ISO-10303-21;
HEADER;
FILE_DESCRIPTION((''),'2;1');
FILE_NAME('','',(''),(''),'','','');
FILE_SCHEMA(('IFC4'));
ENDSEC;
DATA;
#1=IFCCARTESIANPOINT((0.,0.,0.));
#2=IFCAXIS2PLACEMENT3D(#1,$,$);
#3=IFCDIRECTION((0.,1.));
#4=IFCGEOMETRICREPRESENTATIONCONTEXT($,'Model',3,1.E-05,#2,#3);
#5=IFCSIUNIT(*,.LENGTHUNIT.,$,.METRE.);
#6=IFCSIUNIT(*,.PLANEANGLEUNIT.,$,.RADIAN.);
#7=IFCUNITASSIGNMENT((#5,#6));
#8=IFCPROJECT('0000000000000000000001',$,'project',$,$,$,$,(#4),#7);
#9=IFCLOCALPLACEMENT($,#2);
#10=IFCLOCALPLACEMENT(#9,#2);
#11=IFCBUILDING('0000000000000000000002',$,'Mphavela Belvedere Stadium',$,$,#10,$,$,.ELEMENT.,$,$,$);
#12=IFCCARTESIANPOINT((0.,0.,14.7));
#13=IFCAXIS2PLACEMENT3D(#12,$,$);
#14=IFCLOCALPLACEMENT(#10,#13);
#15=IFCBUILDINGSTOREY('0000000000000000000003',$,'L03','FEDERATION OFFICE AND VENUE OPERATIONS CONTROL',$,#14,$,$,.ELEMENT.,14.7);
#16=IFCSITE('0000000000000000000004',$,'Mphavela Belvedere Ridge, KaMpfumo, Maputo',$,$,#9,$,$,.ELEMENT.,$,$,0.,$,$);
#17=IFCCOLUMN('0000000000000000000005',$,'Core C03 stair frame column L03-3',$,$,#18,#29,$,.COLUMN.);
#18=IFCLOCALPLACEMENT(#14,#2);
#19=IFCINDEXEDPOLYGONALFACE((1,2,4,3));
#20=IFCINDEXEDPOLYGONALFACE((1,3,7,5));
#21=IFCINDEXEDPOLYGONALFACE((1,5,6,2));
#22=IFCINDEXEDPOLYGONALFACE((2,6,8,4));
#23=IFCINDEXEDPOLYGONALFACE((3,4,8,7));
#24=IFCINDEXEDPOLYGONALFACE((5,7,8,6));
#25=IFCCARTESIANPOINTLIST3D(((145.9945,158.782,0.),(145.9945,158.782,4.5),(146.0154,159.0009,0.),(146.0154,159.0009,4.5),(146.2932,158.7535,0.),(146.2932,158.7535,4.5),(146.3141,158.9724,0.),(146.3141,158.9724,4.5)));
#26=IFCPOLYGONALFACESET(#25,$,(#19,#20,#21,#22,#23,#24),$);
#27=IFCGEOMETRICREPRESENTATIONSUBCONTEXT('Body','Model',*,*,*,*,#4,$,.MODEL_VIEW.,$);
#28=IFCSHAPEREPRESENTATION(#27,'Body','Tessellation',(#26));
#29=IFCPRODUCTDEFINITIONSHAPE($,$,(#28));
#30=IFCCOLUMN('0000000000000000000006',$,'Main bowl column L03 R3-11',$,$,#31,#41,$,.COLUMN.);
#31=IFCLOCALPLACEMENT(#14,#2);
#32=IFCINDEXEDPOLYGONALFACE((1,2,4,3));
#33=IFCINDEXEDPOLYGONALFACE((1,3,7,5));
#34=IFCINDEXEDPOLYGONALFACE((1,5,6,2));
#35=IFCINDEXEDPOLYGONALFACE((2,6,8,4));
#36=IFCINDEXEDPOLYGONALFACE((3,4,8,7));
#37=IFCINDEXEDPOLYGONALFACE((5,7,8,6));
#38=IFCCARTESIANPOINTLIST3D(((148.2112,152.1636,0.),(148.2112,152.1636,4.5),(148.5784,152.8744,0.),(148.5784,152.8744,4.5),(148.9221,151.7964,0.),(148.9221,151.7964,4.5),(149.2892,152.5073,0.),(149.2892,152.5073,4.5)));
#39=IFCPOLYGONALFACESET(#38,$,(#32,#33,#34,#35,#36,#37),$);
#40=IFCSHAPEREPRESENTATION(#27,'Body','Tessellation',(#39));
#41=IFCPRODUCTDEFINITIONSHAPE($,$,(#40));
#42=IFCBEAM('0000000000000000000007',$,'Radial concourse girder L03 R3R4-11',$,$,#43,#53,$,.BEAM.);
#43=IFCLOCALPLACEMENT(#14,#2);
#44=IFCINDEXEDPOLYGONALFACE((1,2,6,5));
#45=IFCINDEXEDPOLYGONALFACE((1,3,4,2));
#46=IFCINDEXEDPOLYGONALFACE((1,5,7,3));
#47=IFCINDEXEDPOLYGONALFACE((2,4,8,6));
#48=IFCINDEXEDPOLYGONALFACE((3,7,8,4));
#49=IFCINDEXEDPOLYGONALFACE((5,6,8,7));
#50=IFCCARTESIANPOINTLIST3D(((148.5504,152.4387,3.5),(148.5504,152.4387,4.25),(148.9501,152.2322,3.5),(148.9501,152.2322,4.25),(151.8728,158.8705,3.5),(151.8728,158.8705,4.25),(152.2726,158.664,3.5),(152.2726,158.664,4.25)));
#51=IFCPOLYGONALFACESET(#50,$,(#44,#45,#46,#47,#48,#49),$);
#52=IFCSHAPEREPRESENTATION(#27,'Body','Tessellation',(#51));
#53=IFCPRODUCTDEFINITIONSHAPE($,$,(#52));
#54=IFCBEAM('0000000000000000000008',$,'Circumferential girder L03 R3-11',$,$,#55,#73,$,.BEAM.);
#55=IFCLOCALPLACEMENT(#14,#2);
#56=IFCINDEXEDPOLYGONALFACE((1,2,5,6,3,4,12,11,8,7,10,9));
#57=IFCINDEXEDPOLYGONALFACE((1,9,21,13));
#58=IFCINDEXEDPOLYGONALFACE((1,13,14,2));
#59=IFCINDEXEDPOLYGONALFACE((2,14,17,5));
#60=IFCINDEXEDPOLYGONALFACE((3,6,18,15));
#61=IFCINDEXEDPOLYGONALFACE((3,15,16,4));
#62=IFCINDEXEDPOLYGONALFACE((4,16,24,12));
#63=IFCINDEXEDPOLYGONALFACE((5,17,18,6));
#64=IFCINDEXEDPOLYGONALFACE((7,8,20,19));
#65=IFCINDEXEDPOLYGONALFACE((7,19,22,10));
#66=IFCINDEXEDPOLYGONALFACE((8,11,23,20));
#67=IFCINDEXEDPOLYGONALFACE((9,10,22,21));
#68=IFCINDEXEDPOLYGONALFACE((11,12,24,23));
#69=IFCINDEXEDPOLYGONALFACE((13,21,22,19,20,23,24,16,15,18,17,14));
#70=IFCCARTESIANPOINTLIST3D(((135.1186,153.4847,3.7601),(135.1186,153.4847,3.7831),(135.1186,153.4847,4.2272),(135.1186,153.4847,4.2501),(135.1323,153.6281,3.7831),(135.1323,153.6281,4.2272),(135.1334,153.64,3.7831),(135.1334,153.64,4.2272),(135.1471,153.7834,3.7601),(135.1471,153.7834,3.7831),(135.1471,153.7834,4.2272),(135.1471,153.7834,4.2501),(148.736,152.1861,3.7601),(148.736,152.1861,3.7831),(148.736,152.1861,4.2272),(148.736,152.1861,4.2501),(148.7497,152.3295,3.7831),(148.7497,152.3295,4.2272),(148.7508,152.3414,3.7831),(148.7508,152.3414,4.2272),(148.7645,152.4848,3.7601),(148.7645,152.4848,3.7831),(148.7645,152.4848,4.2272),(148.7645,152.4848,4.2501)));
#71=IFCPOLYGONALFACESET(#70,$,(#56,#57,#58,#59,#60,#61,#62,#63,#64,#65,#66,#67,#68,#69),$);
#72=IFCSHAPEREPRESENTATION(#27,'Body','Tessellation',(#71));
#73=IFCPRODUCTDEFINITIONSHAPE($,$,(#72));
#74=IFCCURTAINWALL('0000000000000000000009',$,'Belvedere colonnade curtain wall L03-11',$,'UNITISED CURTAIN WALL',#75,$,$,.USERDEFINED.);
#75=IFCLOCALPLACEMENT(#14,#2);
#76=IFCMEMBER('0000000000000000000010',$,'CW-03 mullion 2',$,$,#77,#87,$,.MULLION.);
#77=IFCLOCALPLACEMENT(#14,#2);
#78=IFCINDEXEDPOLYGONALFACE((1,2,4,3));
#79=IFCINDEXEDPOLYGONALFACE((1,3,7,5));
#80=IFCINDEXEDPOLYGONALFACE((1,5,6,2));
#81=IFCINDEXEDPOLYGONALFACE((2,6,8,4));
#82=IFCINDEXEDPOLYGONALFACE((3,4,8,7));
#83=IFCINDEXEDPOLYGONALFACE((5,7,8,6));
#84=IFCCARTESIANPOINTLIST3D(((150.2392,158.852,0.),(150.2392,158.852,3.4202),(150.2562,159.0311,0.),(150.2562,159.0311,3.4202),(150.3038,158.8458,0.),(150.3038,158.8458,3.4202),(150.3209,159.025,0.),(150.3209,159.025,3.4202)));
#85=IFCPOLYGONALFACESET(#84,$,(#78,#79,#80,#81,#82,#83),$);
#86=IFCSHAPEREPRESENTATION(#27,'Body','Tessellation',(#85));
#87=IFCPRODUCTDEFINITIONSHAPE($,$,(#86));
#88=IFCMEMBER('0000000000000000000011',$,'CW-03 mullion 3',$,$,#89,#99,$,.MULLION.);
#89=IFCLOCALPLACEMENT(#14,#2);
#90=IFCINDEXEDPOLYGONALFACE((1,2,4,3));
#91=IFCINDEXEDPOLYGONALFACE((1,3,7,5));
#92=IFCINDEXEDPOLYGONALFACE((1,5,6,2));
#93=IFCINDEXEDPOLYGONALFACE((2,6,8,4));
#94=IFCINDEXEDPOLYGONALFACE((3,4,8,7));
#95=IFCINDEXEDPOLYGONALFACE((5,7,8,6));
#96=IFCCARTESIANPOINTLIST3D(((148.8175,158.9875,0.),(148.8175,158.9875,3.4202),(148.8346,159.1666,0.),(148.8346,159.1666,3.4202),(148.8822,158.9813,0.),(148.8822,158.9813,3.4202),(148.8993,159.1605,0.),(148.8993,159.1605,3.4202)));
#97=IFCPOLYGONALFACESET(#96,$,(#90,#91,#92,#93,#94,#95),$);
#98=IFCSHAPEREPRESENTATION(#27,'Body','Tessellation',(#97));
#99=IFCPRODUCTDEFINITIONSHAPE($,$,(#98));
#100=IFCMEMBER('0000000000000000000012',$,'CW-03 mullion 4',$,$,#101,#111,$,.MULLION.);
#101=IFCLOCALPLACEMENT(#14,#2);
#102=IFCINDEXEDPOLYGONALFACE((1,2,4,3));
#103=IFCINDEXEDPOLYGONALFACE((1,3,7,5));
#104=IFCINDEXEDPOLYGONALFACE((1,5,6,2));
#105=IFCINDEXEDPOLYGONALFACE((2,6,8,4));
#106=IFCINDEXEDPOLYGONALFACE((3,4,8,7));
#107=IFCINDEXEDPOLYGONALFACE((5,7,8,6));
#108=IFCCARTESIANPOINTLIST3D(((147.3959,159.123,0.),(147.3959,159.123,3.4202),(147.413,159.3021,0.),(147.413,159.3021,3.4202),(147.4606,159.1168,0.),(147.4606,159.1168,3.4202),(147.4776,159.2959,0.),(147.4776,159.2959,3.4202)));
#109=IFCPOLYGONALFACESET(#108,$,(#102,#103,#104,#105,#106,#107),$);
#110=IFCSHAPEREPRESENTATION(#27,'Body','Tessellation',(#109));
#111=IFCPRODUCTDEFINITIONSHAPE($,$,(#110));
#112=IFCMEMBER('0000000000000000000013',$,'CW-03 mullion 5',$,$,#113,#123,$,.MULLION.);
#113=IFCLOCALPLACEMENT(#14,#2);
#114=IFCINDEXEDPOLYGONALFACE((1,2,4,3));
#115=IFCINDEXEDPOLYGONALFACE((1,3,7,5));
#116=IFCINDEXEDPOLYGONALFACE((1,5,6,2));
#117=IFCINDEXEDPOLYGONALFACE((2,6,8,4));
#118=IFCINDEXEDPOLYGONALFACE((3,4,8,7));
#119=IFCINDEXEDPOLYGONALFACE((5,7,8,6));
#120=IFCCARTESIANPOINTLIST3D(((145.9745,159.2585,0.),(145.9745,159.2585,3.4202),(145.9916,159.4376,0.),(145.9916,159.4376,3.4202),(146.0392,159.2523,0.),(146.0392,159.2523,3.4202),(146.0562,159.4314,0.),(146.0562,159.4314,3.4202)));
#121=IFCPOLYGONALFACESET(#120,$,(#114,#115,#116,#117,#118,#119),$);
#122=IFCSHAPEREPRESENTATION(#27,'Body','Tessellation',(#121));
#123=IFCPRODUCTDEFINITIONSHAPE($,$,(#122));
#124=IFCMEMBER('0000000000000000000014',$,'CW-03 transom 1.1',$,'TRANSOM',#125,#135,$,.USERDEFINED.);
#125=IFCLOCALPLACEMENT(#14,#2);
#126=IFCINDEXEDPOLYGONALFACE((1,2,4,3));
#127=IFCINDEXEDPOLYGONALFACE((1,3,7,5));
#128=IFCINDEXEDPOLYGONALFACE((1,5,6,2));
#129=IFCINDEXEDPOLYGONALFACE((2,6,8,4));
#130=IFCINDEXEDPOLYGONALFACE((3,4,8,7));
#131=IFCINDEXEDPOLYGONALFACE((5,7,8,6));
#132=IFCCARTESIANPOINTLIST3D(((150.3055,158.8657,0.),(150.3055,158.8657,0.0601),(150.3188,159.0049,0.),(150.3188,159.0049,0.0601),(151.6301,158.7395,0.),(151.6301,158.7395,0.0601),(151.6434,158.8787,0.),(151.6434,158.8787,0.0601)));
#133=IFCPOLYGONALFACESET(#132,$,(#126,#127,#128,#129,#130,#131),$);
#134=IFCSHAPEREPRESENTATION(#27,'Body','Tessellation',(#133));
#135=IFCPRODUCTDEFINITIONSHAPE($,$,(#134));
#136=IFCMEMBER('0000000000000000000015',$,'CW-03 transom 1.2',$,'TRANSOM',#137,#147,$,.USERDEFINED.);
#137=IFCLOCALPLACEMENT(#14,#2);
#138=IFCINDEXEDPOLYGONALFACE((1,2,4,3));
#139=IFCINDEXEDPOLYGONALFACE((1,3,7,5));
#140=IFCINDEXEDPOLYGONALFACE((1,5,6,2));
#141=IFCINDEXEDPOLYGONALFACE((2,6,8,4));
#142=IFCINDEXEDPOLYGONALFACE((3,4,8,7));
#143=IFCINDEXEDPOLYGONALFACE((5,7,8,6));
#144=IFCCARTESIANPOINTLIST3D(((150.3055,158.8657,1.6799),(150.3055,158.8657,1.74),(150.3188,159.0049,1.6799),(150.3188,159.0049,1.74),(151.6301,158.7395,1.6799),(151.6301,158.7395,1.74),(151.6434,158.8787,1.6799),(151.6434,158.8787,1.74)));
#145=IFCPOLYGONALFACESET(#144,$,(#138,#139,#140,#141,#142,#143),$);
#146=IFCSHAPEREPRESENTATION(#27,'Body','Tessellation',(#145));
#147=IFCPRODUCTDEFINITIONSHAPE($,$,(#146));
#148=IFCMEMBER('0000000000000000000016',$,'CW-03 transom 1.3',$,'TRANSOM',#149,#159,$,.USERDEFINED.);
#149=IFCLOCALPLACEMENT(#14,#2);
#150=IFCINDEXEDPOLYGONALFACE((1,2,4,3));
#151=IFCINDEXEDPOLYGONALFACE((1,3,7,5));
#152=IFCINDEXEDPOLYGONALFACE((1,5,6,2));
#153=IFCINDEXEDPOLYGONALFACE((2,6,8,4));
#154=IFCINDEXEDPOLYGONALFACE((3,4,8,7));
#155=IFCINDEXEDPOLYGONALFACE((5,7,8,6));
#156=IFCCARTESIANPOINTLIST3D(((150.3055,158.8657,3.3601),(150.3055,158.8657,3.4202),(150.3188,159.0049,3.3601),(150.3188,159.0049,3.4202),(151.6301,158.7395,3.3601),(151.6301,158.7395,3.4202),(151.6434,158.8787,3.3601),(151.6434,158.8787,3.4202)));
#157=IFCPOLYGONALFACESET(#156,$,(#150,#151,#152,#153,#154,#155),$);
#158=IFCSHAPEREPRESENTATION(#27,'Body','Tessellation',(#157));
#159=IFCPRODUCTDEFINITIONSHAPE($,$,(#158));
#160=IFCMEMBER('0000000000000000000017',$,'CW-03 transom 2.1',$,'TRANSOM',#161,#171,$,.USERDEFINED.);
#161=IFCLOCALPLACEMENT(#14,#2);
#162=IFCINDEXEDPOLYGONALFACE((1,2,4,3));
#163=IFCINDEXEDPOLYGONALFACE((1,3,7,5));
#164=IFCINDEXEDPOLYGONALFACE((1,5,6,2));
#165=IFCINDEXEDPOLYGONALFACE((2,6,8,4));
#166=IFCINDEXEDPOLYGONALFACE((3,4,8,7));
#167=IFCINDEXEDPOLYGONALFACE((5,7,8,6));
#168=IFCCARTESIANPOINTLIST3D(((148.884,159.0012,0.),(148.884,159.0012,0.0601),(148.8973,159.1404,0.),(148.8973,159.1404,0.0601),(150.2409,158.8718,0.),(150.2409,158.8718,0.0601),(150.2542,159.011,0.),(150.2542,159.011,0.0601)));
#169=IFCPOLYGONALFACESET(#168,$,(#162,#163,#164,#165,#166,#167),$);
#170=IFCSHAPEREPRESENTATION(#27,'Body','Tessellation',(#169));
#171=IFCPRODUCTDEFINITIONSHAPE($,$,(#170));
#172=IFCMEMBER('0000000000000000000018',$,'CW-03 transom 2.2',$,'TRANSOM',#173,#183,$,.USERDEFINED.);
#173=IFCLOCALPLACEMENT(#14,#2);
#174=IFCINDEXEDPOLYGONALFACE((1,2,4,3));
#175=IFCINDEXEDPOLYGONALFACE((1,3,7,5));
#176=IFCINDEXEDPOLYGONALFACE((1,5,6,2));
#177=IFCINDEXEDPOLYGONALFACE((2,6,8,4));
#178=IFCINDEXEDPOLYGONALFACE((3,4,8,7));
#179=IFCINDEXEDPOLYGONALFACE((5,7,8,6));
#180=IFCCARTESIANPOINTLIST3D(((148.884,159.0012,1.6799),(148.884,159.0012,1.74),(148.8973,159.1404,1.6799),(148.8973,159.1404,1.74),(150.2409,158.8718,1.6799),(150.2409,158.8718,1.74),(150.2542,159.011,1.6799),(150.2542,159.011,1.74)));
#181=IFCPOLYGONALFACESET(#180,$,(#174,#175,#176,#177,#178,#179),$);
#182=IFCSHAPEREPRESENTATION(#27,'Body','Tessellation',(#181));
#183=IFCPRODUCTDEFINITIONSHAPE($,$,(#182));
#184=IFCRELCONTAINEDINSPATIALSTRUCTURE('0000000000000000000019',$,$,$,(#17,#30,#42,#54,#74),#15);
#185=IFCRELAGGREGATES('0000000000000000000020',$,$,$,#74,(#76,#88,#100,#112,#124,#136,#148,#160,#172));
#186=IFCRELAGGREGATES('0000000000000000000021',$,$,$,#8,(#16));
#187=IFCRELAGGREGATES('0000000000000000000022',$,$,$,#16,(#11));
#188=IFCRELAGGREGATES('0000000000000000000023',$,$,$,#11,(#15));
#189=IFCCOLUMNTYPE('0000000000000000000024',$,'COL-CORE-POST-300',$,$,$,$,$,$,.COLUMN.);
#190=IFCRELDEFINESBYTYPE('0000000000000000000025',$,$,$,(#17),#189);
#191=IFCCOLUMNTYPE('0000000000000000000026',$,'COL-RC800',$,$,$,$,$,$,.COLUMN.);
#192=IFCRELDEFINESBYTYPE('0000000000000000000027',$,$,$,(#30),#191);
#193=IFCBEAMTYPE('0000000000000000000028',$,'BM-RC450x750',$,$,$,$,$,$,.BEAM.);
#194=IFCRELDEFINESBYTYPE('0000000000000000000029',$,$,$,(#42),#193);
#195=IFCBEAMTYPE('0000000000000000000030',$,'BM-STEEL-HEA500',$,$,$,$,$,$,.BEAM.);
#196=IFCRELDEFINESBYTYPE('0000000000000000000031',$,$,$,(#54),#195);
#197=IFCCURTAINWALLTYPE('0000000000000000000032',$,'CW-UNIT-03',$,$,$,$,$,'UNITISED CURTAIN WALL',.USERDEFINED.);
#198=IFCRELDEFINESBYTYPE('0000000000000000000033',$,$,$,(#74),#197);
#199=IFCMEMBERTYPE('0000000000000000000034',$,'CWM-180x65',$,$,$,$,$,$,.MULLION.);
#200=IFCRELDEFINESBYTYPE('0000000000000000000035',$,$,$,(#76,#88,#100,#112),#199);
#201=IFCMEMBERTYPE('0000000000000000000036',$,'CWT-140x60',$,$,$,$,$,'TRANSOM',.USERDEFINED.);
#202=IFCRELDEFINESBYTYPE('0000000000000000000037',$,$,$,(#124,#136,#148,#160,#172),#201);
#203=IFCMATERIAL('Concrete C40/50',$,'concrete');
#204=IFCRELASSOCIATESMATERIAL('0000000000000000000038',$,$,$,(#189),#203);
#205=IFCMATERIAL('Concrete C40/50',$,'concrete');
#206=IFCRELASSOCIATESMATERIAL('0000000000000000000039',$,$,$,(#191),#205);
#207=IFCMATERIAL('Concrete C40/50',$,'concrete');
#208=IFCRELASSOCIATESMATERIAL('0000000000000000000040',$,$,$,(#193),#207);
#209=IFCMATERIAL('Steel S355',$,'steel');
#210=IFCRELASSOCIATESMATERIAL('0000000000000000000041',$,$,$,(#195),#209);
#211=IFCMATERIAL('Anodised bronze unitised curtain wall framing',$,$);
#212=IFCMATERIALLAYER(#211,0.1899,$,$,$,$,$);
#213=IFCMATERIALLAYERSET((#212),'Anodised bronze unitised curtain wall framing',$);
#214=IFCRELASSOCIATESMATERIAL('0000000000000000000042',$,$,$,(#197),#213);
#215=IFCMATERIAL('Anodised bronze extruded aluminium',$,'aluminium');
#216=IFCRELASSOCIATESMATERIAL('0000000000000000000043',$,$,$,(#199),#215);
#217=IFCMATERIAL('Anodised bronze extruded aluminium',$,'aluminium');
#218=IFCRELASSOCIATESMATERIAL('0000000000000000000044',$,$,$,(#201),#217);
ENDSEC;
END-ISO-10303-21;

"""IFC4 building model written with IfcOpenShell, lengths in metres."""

from ifc_helpers import new_model, si_unit, direction, frame, origin, origin_2d, place, context, subcontext, project, spatial, rectangle, i_section, extrude, material, layer, layer_set, material_profile, profile_set, type_object, element, aggregate, save


model = new_model("IFC4")

# Units and contexts
model_context = context("Model", 3, precision=1e-05, world=origin(), true_north=direction((0.0, 1.0)))
body_context = subcontext(model_context, "Body", "Model", "MODEL_VIEW")
ifc_project = project(units=[si_unit("LENGTHUNIT", "METRE"), si_unit("PLANEANGLEUNIT", "RADIAN")], contexts=[model_context])

# Site, building, storey
site_placement = place(None, origin())
site = spatial("IfcSite", under=ifc_project, at=site_placement, Name="Mphavela Belvedere Ridge, KaMpfumo, Maputo", CompositionType="ELEMENT", RefElevation=0.0)
building_placement = place(site_placement, origin())
building = spatial("IfcBuilding", under=site, at=building_placement, Name="Mphavela Belvedere Stadium", CompositionType="ELEMENT")
storey_placement = place(building_placement, frame((0.0, 0.0, 14.7)))
storey = spatial("IfcBuildingStorey", under=building, at=storey_placement, Name="L03", Description="FEDERATION OFFICE AND VENUE OPERATIONS CONTROL", CompositionType="ELEMENT", Elevation=14.7)

# Columns
ifc_material_1 = material(Name="Concrete C40/50", Category="concrete")
ifc_material_profile_1 = material_profile(ifc_material_1, rectangle(XDim=0.3, YDim=0.22, at=origin_2d()), Name="RC 300x220")
ifc_profile_set_1 = profile_set([ifc_material_profile_1], Name="Concrete C40/50")
column_type_1 = type_object("IfcColumnType", Name="COL-CORE-POST-300", PredefinedType="COLUMN", material=ifc_profile_set_1)
column_1_placement = place(storey_placement, frame((146.1543, 158.8772, 0.0), z_axis=(0.0, 0.0, 1.0), x_axis=(0.995479, -0.094977, 0.0)))
element("IfcColumn", 1, at=column_1_placement, inside=storey, type_object=column_type_1, Name="Core C03 stair frame column L03-3", PredefinedType="COLUMN", context=body_context, shape_type="SweptSolid", body=[
    extrude(rectangle(XDim=0.3, YDim=0.22, at=origin_2d()), origin(), (0.0, 0.0, 1.0), 4.5),
])
ifc_material_2 = material(Name="Concrete C40/50", Category="concrete")
ifc_material_profile_2 = material_profile(ifc_material_2, rectangle(XDim=0.8, YDim=0.8, at=origin_2d()), Name="RC 800x800")
ifc_profile_set_2 = profile_set([ifc_material_profile_2], Name="Concrete C40/50")
column_type_2 = type_object("IfcColumnType", Name="COL-RC800", PredefinedType="COLUMN", material=ifc_profile_set_2)
column_2_placement = place(storey_placement, frame((148.7502, 152.3354, 0.0), z_axis=(0.0, 0.0, 1.0), x_axis=(0.45896, 0.888457, 0.0)))
element("IfcColumn", 2, at=column_2_placement, inside=storey, type_object=column_type_2, Name="Main bowl column L03 R3-11", PredefinedType="COLUMN", context=body_context, shape_type="SweptSolid", body=[
    extrude(rectangle(XDim=0.8, YDim=0.8, at=origin_2d()), origin(), (0.0, 0.0, 1.0), 4.5),
])

# Beams
ifc_material_3 = material(Name="Concrete C40/50", Category="concrete")
ifc_material_profile_3 = material_profile(ifc_material_3, rectangle(XDim=0.45, YDim=0.75, at=origin_2d()), Name="RC 450x750")
ifc_profile_set_3 = profile_set([ifc_material_profile_3], Name="Concrete C40/50")
beam_type_1 = type_object("IfcBeamType", Name="BM-RC450x750", PredefinedType="BEAM", material=ifc_profile_set_3)
beam_1_placement = place(storey_placement, frame((148.7502, 152.3354, 3.875), z_axis=(0.458951, 0.888461, 0.0), x_axis=(-0.888461, 0.458951, 0.0)))
element("IfcBeam", 3, at=beam_1_placement, inside=storey, type_object=beam_type_1, Name="Radial concourse girder L03 R3R4-11", PredefinedType="BEAM", context=body_context, shape_type="SweptSolid", body=[
    extrude(rectangle(XDim=0.45, YDim=0.75, at=origin_2d()), origin(), (0.0, 0.0, 1.0), 7.2393),
])
ifc_material_4 = material(Name="Steel S355", Category="steel")
ifc_material_profile_4 = material_profile(ifc_material_4, i_section(OverallWidth=0.3, OverallDepth=0.49, WebThickness=0.012, FlangeThickness=0.0229, at=origin_2d()), Name="HEA 500")
ifc_profile_set_4 = profile_set([ifc_material_profile_4], Name="Steel S355")
beam_type_2 = type_object("IfcBeamType", Name="BM-STEEL-HEA500", PredefinedType="BEAM", material=ifc_profile_set_4)
beam_2_placement = place(storey_placement, frame((148.7502, 152.3354, 4.0051), z_axis=(-0.995484, 0.094931, 0.0), x_axis=(-0.094931, -0.995484, 0.0)))
element("IfcBeam", 4, at=beam_2_placement, inside=storey, type_object=beam_type_2, Name="Circumferential girder L03 R3-11", PredefinedType="BEAM", context=body_context, shape_type="SweptSolid", body=[
    extrude(i_section(OverallWidth=0.3, OverallDepth=0.49, WebThickness=0.012, FlangeThickness=0.0229, at=origin_2d()), origin(), (0.0, 0.0, 1.0), 13.6792),
])

# Curtain wall, members
ifc_material_5 = material(Name="Anodised bronze unitised curtain wall framing")
ifc_layer_1 = layer(ifc_material_5, 0.1899)
ifc_layer_set_1 = layer_set([ifc_layer_1], Name="Anodised bronze unitised curtain wall framing")
curtain_wall_type = type_object("IfcCurtainWallType", Name="CW-UNIT-03", ElementType="UNITISED CURTAIN WALL", PredefinedType="USERDEFINED", material=ifc_layer_set_1)
curtain_wall_placement = place(storey_placement, origin())
curtain_wall = element("IfcCurtainWall", 5, at=curtain_wall_placement, inside=storey, type_object=curtain_wall_type, Name="Belvedere colonnade curtain wall L03-11", ObjectType="UNITISED CURTAIN WALL", PredefinedType="USERDEFINED")
ifc_material_6 = material(Name="Anodised bronze extruded aluminium", Category="aluminium")
ifc_material_profile_5 = material_profile(ifc_material_6, rectangle(XDim=0.1799, YDim=0.0649, at=origin_2d()), Name="CW-MUL 180x65")
ifc_profile_set_5 = profile_set([ifc_material_profile_5], Name="Anodised bronze extruded aluminium")
member_type_1 = type_object("IfcMemberType", Name="CWM-180x65", PredefinedType="MULLION", material=ifc_profile_set_5)
member_1_placement = place(storey_placement, frame((150.28, 158.9385, 0.0), z_axis=(0.0, 0.0, 1.0), x_axis=(-0.094929, -0.995484, 0.0)))
member_1 = element("IfcMember", 6, at=member_1_placement, type_object=member_type_1, Name="CW-03 mullion 2", PredefinedType="MULLION", context=body_context, shape_type="SweptSolid", body=[
    extrude(rectangle(XDim=0.1799, YDim=0.0649, at=origin_2d()), origin(), (0.0, 0.0, 1.0), 3.4202),
])
member_2_placement = place(storey_placement, frame((148.8584, 159.074, 0.0), z_axis=(0.0, 0.0, 1.0), x_axis=(-0.094929, -0.995484, 0.0)))
member_2 = element("IfcMember", 7, at=member_2_placement, type_object=member_type_1, Name="CW-03 mullion 3", PredefinedType="MULLION", context=body_context, shape_type="SweptSolid", body=[
    extrude(rectangle(XDim=0.1799, YDim=0.0649, at=origin_2d()), origin(), (0.0, 0.0, 1.0), 3.4202),
])
member_3_placement = place(storey_placement, frame((147.4368, 159.2095, 0.0), z_axis=(0.0, 0.0, 1.0), x_axis=(-0.094929, -0.995484, 0.0)))
member_3 = element("IfcMember", 8, at=member_3_placement, type_object=member_type_1, Name="CW-03 mullion 4", PredefinedType="MULLION", context=body_context, shape_type="SweptSolid", body=[
    extrude(rectangle(XDim=0.1799, YDim=0.0649, at=origin_2d()), origin(), (0.0, 0.0, 1.0), 3.4202),
])
member_4_placement = place(storey_placement, frame((146.0154, 159.345, 0.0), z_axis=(0.0, 0.0, 1.0), x_axis=(-0.094929, -0.995484, 0.0)))
member_4 = element("IfcMember", 9, at=member_4_placement, type_object=member_type_1, Name="CW-03 mullion 5", PredefinedType="MULLION", context=body_context, shape_type="SweptSolid", body=[
    extrude(rectangle(XDim=0.1799, YDim=0.0649, at=origin_2d()), origin(), (0.0, 0.0, 1.0), 3.4202),
])
ifc_material_7 = material(Name="Anodised bronze extruded aluminium", Category="aluminium")
ifc_material_profile_6 = material_profile(ifc_material_7, rectangle(XDim=0.1399, YDim=0.0601, at=origin_2d()), Name="CW-TRN 140x60")
ifc_profile_set_6 = profile_set([ifc_material_profile_6], Name="Anodised bronze extruded aluminium")
member_type_2 = type_object("IfcMemberType", Name="CWT-140x60", ElementType="TRANSOM", PredefinedType="USERDEFINED", material=ifc_profile_set_6)
member_5_placement = place(storey_placement, frame((151.6367, 158.8091, 0.03), z_axis=(-0.99549, 0.09487, 0.0), x_axis=(-0.09487, -0.99549, 0.0)))
member_5 = element("IfcMember", 10, at=member_5_placement, type_object=member_type_2, Name="CW-03 transom 1.1", ObjectType="TRANSOM", PredefinedType="USERDEFINED", context=body_context, shape_type="SweptSolid", body=[
    extrude(rectangle(XDim=0.1399, YDim=0.0601, at=origin_2d()), origin(), (0.0, 0.0, 1.0), 1.3306),
])
member_6_placement = place(storey_placement, frame((151.6367, 158.8091, 1.71), z_axis=(-0.99549, 0.09487, 0.0), x_axis=(-0.09487, -0.99549, 0.0)))
member_6 = element("IfcMember", 11, at=member_6_placement, type_object=member_type_2, Name="CW-03 transom 1.2", ObjectType="TRANSOM", PredefinedType="USERDEFINED", context=body_context, shape_type="SweptSolid", body=[
    extrude(rectangle(XDim=0.1399, YDim=0.0601, at=origin_2d()), origin(), (0.0, 0.0, 1.0), 1.3306),
])
member_7_placement = place(storey_placement, frame((151.6367, 158.8091, 3.3901), z_axis=(-0.99549, 0.09487, 0.0), x_axis=(-0.09487, -0.99549, 0.0)))
member_7 = element("IfcMember", 12, at=member_7_placement, type_object=member_type_2, Name="CW-03 transom 1.3", ObjectType="TRANSOM", PredefinedType="USERDEFINED", context=body_context, shape_type="SweptSolid", body=[
    extrude(rectangle(XDim=0.1399, YDim=0.0601, at=origin_2d()), origin(), (0.0, 0.0, 1.0), 1.3306),
])
member_8_placement = place(storey_placement, frame((150.2476, 158.9414, 0.03), z_axis=(-0.995484, 0.094927, 0.0), x_axis=(-0.094927, -0.995484, 0.0)))
member_8 = element("IfcMember", 13, at=member_8_placement, type_object=member_type_2, Name="CW-03 transom 2.1", ObjectType="TRANSOM", PredefinedType="USERDEFINED", context=body_context, shape_type="SweptSolid", body=[
    extrude(rectangle(XDim=0.1399, YDim=0.0601, at=origin_2d()), origin(), (0.0, 0.0, 1.0), 1.363),
])
member_9_placement = place(storey_placement, frame((150.2476, 158.9414, 1.71), z_axis=(-0.995484, 0.094927, 0.0), x_axis=(-0.094927, -0.995484, 0.0)))
member_9 = element("IfcMember", 14, at=member_9_placement, type_object=member_type_2, Name="CW-03 transom 2.2", ObjectType="TRANSOM", PredefinedType="USERDEFINED", context=body_context, shape_type="SweptSolid", body=[
    extrude(rectangle(XDim=0.1399, YDim=0.0601, at=origin_2d()), origin(), (0.0, 0.0, 1.0), 1.363),
])
aggregate(curtain_wall, [member_1, member_2, member_3, member_4, member_5, member_6, member_7, member_8, member_9])

save(model, "model.ifc")
